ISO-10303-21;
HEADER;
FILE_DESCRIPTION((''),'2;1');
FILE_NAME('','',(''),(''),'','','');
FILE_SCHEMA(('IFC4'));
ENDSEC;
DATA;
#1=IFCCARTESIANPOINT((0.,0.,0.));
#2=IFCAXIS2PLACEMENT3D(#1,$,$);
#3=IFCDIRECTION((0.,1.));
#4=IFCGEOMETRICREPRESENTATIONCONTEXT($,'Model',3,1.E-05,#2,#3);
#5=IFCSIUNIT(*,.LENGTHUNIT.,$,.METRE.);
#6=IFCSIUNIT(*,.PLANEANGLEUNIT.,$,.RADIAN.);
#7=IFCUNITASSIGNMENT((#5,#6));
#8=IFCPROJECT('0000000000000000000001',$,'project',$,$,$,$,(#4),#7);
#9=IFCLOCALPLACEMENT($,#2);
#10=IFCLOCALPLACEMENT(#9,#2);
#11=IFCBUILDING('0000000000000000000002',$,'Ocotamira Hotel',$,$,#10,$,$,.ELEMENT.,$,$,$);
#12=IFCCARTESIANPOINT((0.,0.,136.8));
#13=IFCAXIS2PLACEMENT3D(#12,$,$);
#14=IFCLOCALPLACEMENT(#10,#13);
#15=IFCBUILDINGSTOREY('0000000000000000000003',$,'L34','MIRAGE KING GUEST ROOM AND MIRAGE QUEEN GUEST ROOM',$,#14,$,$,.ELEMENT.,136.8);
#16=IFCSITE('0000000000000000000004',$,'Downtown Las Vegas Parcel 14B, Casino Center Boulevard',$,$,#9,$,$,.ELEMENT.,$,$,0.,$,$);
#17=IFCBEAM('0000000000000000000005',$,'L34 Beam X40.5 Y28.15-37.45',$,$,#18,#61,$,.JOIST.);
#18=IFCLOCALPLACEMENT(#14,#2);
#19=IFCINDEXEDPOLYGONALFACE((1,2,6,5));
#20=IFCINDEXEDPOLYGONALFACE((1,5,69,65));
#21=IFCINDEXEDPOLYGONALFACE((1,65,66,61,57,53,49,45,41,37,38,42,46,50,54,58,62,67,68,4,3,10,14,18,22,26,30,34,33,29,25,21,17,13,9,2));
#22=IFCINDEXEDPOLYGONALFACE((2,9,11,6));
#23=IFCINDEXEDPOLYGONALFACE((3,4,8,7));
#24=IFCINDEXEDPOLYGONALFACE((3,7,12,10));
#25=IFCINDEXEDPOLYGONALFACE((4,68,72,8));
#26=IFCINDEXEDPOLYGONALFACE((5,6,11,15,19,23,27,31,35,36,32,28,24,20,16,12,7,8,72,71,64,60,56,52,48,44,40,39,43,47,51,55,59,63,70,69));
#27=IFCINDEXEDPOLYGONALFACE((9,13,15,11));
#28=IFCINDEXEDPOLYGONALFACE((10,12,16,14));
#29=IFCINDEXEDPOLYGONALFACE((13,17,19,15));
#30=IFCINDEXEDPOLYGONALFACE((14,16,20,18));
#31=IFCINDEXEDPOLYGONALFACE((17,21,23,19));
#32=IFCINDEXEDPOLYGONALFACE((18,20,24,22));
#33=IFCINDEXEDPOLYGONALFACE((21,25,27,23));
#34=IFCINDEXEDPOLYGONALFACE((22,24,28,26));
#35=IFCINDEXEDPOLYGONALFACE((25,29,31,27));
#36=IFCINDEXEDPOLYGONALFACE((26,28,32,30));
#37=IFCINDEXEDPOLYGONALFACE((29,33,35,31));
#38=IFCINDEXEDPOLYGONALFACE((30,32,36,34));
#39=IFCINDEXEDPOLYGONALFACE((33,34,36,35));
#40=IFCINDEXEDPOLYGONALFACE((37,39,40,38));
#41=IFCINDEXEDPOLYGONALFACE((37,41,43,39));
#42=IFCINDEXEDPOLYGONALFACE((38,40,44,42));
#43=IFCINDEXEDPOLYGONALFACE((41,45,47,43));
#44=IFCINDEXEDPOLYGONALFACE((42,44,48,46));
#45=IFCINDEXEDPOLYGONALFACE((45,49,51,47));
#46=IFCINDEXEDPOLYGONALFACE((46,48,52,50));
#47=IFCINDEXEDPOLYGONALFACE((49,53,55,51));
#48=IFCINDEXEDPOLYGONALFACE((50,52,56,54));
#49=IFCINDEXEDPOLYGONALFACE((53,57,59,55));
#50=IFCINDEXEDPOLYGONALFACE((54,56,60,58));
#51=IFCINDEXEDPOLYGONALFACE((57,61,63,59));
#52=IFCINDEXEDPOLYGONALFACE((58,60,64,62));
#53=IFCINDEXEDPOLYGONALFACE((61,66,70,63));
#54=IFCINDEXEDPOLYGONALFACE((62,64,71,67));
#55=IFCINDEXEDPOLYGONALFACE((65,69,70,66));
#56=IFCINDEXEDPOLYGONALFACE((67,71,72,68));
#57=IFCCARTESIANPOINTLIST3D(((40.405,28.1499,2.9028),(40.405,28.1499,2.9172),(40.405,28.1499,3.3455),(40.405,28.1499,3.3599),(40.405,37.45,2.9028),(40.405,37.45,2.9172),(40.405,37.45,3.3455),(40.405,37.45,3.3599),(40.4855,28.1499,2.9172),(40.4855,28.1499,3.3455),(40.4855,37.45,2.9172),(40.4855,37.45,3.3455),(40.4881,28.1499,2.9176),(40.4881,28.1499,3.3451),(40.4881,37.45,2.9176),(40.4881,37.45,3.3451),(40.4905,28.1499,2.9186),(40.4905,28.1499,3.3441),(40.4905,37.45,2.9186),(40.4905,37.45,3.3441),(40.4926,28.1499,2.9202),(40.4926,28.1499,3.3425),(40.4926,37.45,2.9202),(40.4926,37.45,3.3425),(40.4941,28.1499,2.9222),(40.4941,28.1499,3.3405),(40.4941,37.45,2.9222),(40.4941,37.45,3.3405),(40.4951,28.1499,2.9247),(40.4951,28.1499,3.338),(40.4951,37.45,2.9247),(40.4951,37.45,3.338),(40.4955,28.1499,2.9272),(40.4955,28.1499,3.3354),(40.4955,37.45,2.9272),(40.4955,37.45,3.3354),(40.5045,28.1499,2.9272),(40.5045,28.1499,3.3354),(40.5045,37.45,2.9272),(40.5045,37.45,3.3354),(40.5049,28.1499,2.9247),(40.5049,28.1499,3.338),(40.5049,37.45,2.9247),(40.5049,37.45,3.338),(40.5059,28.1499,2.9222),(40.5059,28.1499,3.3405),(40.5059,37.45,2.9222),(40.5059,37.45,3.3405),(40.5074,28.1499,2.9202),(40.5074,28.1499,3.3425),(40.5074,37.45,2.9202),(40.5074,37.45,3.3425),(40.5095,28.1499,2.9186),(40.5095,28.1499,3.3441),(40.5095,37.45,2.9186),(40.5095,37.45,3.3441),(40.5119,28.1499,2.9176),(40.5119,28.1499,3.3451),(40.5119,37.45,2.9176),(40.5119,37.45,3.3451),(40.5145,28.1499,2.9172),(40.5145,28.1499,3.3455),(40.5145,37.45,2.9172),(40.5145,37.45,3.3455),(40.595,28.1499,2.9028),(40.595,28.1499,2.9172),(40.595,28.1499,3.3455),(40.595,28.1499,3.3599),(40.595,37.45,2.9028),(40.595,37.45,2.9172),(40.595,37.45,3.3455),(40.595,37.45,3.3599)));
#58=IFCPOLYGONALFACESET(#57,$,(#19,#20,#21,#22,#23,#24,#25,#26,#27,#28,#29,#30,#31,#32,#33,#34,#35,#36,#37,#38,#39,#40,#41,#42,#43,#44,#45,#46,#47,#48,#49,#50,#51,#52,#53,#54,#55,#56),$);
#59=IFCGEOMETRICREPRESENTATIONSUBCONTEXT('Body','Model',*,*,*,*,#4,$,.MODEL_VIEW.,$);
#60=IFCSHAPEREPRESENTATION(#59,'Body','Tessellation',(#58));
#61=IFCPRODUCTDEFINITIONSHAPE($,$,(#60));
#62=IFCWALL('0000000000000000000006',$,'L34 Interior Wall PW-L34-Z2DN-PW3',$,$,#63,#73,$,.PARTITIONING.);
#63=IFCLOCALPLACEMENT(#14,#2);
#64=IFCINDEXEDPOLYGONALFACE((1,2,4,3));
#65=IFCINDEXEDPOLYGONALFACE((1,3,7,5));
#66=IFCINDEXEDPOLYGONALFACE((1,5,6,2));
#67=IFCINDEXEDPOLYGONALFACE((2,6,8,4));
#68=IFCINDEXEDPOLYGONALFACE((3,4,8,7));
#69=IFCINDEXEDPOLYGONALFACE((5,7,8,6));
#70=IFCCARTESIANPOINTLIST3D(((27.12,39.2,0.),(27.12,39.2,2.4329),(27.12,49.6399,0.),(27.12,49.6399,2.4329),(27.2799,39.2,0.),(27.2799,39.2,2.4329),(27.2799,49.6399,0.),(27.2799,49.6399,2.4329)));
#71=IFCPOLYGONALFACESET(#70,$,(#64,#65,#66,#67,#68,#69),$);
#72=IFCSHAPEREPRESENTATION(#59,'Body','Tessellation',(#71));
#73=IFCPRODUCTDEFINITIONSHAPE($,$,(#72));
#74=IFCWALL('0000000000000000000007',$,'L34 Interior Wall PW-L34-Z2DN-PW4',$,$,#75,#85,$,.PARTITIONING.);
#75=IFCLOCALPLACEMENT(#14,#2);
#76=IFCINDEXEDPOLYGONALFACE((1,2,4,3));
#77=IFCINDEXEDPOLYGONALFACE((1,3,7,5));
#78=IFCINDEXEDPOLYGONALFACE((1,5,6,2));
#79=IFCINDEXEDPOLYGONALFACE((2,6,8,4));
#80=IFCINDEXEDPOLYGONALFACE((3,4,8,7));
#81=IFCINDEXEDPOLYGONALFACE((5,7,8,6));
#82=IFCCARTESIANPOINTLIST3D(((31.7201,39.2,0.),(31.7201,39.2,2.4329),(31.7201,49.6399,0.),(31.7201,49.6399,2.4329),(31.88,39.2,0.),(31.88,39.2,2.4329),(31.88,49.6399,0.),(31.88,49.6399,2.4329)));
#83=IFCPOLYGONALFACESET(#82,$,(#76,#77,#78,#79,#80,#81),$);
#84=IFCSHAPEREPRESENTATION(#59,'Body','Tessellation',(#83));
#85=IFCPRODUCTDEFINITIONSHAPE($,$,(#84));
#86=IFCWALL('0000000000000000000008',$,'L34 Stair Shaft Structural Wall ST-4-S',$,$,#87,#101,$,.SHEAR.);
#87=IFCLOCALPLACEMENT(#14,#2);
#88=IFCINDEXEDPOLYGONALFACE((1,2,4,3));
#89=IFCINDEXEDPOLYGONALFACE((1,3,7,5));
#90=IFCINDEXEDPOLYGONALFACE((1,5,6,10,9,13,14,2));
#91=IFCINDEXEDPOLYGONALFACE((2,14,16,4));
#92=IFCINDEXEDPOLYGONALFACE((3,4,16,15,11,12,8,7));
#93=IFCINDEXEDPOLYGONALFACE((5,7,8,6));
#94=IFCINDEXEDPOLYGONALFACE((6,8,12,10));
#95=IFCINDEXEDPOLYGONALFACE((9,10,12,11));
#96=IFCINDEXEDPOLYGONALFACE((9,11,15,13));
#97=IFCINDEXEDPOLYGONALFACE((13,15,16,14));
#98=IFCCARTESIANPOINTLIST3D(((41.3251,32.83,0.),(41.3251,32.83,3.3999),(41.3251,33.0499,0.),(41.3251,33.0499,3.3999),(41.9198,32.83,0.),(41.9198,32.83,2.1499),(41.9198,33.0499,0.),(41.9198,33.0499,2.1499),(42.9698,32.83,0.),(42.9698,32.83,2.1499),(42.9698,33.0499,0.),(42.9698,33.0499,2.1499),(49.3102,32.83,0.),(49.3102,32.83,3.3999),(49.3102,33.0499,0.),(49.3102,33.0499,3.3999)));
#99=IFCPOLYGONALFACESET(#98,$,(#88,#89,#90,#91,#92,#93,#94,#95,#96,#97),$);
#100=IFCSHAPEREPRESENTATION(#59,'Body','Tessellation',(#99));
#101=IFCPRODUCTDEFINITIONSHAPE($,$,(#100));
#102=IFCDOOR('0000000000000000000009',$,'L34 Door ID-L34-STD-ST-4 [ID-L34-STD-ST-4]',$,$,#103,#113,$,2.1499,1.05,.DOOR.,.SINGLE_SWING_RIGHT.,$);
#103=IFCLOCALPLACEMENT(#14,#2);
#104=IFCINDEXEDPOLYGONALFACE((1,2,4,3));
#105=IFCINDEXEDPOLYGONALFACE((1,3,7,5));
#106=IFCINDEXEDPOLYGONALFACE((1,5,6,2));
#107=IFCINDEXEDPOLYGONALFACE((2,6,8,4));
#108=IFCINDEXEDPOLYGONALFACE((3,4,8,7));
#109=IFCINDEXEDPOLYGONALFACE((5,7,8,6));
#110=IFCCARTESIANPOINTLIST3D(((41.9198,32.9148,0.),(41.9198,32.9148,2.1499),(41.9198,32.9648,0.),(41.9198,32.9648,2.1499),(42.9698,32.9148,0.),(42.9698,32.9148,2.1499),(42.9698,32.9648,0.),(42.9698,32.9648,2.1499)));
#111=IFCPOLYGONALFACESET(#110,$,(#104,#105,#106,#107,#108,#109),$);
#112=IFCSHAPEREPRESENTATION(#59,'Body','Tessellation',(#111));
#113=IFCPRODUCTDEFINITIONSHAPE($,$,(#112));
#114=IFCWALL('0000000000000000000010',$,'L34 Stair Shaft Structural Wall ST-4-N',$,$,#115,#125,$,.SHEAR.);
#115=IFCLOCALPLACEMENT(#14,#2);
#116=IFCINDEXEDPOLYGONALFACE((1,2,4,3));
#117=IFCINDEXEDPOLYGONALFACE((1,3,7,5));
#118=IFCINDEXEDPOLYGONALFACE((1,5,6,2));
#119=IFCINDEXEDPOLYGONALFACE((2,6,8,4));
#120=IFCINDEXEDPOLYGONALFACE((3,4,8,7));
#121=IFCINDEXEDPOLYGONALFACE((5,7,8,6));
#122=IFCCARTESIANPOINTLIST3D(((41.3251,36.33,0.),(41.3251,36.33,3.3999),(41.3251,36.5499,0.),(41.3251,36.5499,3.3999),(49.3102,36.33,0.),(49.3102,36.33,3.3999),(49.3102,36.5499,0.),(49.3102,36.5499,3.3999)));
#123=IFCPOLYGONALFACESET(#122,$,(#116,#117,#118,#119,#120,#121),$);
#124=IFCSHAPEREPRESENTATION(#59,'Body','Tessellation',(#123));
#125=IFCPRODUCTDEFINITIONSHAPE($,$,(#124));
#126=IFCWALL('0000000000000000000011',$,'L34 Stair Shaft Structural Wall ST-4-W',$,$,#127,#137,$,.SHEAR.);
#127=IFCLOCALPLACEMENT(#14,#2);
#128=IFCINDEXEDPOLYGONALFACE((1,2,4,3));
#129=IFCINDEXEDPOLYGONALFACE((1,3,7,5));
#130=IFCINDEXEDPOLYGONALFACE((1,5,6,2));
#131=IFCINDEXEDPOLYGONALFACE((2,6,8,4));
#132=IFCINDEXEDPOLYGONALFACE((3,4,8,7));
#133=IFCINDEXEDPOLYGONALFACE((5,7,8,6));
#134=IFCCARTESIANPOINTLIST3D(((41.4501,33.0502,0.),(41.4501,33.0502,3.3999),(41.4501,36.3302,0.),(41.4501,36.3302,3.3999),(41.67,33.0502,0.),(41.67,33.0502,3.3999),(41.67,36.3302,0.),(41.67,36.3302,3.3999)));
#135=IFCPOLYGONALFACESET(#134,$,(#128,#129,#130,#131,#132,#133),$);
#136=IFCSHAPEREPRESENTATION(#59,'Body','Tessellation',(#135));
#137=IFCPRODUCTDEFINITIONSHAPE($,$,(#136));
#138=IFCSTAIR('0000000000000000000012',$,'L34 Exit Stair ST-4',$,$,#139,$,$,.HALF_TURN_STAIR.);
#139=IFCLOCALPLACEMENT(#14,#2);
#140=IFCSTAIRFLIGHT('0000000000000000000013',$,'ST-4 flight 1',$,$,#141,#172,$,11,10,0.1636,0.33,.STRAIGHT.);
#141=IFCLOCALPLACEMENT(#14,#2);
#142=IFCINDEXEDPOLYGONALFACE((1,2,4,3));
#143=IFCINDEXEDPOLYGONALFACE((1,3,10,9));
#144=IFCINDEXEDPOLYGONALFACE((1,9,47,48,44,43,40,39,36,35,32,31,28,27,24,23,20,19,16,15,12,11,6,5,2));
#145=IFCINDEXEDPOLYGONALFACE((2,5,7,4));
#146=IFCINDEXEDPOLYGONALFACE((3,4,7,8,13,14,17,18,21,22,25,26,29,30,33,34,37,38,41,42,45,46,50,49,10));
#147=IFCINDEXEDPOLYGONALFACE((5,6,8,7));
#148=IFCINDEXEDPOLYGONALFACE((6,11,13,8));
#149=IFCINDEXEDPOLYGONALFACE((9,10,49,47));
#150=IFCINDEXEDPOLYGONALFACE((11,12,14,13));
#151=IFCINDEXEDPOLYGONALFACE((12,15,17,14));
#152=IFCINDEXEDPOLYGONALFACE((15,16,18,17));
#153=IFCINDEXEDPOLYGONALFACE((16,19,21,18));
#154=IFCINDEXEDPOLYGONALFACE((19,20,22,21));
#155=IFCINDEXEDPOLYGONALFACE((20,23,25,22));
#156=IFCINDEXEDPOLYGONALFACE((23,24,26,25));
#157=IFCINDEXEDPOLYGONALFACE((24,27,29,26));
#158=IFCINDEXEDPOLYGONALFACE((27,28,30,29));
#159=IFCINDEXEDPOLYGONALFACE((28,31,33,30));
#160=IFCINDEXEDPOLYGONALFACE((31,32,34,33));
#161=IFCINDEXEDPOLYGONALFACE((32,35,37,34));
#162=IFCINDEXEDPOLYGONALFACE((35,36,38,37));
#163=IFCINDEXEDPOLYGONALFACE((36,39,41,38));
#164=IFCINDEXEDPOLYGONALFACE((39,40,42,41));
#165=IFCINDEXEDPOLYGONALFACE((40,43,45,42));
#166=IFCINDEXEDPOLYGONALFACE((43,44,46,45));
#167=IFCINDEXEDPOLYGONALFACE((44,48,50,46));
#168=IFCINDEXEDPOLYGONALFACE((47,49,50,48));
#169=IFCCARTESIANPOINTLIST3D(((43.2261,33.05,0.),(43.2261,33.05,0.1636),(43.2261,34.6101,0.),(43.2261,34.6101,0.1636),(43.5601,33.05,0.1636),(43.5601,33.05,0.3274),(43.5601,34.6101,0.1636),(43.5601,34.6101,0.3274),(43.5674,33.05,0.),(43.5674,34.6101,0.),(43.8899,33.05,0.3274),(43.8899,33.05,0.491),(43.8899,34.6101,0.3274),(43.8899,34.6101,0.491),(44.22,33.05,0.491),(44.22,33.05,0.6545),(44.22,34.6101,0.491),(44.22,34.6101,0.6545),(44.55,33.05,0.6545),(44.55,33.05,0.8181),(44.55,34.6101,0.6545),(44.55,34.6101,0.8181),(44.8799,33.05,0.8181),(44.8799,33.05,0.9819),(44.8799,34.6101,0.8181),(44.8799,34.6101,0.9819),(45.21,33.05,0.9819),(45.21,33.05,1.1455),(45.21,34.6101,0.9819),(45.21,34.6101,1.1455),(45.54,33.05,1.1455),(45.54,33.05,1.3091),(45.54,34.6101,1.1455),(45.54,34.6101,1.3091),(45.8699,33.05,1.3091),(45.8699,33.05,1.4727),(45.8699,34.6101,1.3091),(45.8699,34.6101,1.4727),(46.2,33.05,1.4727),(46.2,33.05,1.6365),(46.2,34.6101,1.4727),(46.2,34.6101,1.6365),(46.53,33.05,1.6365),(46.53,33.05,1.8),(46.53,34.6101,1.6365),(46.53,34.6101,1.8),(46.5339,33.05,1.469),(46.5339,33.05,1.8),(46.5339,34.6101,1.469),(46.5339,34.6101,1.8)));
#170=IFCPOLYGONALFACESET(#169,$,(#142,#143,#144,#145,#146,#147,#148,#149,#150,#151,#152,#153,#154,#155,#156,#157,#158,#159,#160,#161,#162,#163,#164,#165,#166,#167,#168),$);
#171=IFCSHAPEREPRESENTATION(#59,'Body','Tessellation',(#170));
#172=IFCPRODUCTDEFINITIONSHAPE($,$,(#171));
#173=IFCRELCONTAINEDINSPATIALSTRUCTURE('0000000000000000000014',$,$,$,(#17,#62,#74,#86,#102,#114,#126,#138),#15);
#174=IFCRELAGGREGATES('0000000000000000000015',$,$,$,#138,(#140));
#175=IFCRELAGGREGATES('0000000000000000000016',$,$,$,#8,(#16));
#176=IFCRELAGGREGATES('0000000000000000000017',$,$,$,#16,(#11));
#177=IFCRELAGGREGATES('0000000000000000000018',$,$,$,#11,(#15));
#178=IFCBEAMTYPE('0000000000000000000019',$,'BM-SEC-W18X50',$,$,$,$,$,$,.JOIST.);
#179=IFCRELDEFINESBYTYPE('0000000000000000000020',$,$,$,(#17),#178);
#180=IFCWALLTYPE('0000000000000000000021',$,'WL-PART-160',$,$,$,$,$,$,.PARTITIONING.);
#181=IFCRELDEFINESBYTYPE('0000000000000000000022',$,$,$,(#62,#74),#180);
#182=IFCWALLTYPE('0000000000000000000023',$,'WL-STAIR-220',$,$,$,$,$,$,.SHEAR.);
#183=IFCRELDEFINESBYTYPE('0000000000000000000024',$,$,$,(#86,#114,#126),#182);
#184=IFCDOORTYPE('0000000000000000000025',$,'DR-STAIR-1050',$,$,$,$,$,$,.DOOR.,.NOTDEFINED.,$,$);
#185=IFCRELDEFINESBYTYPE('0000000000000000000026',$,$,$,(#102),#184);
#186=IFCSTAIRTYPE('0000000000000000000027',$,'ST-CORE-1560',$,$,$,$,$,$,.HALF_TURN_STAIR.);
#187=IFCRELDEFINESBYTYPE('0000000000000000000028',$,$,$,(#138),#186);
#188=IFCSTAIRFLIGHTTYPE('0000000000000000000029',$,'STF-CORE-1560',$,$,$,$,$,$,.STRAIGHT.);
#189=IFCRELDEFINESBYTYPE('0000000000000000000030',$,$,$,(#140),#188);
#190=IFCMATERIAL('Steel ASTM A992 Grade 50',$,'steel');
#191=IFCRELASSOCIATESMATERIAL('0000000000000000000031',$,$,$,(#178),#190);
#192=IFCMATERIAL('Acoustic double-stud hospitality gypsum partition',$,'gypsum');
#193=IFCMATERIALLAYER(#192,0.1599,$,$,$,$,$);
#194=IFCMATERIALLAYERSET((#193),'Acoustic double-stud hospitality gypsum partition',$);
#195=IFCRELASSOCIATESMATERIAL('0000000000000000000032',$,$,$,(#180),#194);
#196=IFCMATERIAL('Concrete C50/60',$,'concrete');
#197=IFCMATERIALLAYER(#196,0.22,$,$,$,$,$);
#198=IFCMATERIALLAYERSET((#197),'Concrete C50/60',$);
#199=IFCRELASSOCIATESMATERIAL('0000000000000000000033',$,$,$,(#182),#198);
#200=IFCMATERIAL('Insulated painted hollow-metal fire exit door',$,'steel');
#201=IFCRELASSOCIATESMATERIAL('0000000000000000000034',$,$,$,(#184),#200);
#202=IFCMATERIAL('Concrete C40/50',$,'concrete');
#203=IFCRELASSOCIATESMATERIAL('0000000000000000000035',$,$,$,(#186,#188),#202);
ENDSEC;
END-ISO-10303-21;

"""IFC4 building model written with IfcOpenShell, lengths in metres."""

from ifc_helpers import new_model, si_unit, direction, frame, frame_2d, origin, origin_2d, place, context, subcontext, project, spatial, polyline, rectangle, i_section, outline, extrude, source, transform, mapped, material, layer, layer_set, material_profile, profile_set, type_object, element, fill, aggregate, save


model = new_model("IFC4")

# Units and contexts
model_context = context("Model", 3, precision=1e-05, world=origin(), true_north=direction((0.0, 1.0)))
body_context = subcontext(model_context, "Body", "Model", "MODEL_VIEW")
ifc_project = project(units=[si_unit("LENGTHUNIT", "METRE"), si_unit("PLANEANGLEUNIT", "RADIAN")], contexts=[model_context])

# Site, building, storey
site_placement = place(None, origin())
site = spatial("IfcSite", under=ifc_project, at=site_placement, Name="Downtown Las Vegas Parcel 14B, Casino Center Boulevard", CompositionType="ELEMENT", RefElevation=0.0)
building_placement = place(site_placement, origin())
building = spatial("IfcBuilding", under=site, at=building_placement, Name="Ocotamira Hotel", CompositionType="ELEMENT")
storey_placement = place(building_placement, frame((0.0, 0.0, 136.8)))
storey = spatial("IfcBuildingStorey", under=building, at=storey_placement, Name="L34", Description="MIRAGE KING GUEST ROOM AND MIRAGE QUEEN GUEST ROOM", CompositionType="ELEMENT", Elevation=136.8)

# Beam
ifc_material_1 = material(Name="Steel ASTM A992 Grade 50", Category="steel")
ifc_material_profile_1 = material_profile(ifc_material_1, i_section(OverallWidth=0.1899, OverallDepth=0.457, WebThickness=0.009, FlangeThickness=0.0144, FilletRadius=0.01, at=origin_2d()), Name="W18X50")
ifc_profile_set_1 = profile_set([ifc_material_profile_1], Name="Steel ASTM A992 Grade 50")
beam_type_1 = type_object("IfcBeamType", Name="BM-SEC-W18X50", PredefinedType="JOIST", material=ifc_profile_set_1)
shared_shape_1 = source(origin(), body_context, "Body", "SweptSolid", [
    extrude(i_section(OverallWidth=0.1899, OverallDepth=0.457, WebThickness=0.009, FlangeThickness=0.0144, FilletRadius=0.01, at=origin_2d()), origin(), (0.0, 0.0, 1.0), 9.3),
])
beam_1_placement = place(storey_placement, frame((40.5, 28.1499, 3.1313), z_axis=(0.0, 1.0, 0.0), x_axis=(-1.0, 0.0, 0.0)))
element("IfcBeam", 1, at=beam_1_placement, inside=storey, type_object=beam_type_1, Name="L34 Beam X40.5 Y28.15-37.45", PredefinedType="JOIST", context=body_context, shape_type="MappedRepresentation", body=[
    mapped(shared_shape_1, transform((0.0, 0.0, 0.0), scale=1.0)),
])

# Walls
ifc_material_2 = material(Name="Acoustic double-stud hospitality gypsum partition", Category="gypsum")
ifc_layer_1 = layer(ifc_material_2, 0.1599)
ifc_layer_set_1 = layer_set([ifc_layer_1], Name="Acoustic double-stud hospitality gypsum partition")
wall_type_1 = type_object("IfcWallType", Name="WL-PART-160", PredefinedType="PARTITIONING", material=ifc_layer_set_1)
for number, where, z_axis, x_axis, name in (
    (2, (27.2, 39.2, 0.0), (0.0, 0.0, 1.0), (0.0, 1.0, 0.0), "L34 Interior Wall PW-L34-Z2DN-PW3"),
    (3, (31.8, 39.2, 0.0), (0.0, 0.0, 1.0), (0.0, 1.0, 0.0), "L34 Interior Wall PW-L34-Z2DN-PW4"),
):
    element("IfcWall", number, at=place(storey_placement, frame(where, z_axis=z_axis, x_axis=x_axis)), inside=storey, type_object=wall_type_1, Name=name, PredefinedType="PARTITIONING", context=body_context, shape_type="SweptSolid", body=[
        extrude(rectangle(XDim=10.4399, YDim=0.1599, at=frame_2d((5.22, 0.0))), origin(), (0.0, 0.0, 1.0), 2.4329),
    ])

# Wall, opening, door
ifc_material_3 = material(Name="Concrete C50/60", Category="concrete")
ifc_layer_2 = layer(ifc_material_3, 0.22)
ifc_layer_set_2 = layer_set([ifc_layer_2], Name="Concrete C50/60")
wall_type_2 = type_object("IfcWallType", Name="WL-STAIR-220", PredefinedType="SHEAR", material=ifc_layer_set_2)
wall_1_placement = place(storey_placement, frame((41.325, 32.9399, 0.0), z_axis=(0.0, 0.0, 1.0), x_axis=(1.0, 0.0, 0.0)))
wall_1 = element("IfcWall", 4, at=wall_1_placement, inside=storey, type_object=wall_type_2, Name="L34 Stair Shaft Structural Wall ST-4-S", PredefinedType="SHEAR", context=body_context, shape_type="SweptSolid", body=[
    extrude(rectangle(XDim=7.9851, YDim=0.22, at=frame_2d((3.9927, 0.0))), origin(), (0.0, 0.0, 1.0), 3.3999),
])
opening_1_placement = place(wall_1_placement, frame((0.595, 0.0, 0.0)))
opening_1 = element("IfcOpeningElement", 5, at=opening_1_placement, cuts=wall_1, PredefinedType="OPENING", context=body_context, shape_type="SweptSolid", body=[
    extrude(rectangle(XDim=1.05, YDim=2.1499, at=frame_2d((0.5249, 1.075))), frame((0.0, 0.1201, 0.0), z_axis=(0.0, -1.0, 0.0), x_axis=(1.0, 0.0, 0.0)), (0.0, 0.0, 1.0), 0.24),
])
ifc_material_4 = material(Name="Insulated painted hollow-metal fire exit door", Category="steel")
door_type_1 = type_object("IfcDoorType", Name="DR-STAIR-1050", OperationType="NOTDEFINED", PredefinedType="DOOR", material=ifc_material_4)
shared_shape_2 = source(origin(), body_context, "Body", "SweptSolid", [
    extrude(rectangle(XDim=1.05, YDim=2.1499, at=frame_2d((0.5249, 1.075))), frame((0.0, 0.0249, 0.0), z_axis=(0.0, -1.0, 0.0), x_axis=(1.0, 0.0, 0.0)), (0.0, 0.0, 1.0), 0.05),
])
door_1_placement = place(opening_1_placement, origin())
door_1 = element("IfcDoor", 6, at=door_1_placement, inside=storey, type_object=door_type_1, Name="L34 Door ID-L34-STD-ST-4 [ID-L34-STD-ST-4]", OperationType="SINGLE_SWING_RIGHT", OverallHeight=2.1499, OverallWidth=1.05, PredefinedType="DOOR", context=body_context, shape_type="MappedRepresentation", body=[
    mapped(shared_shape_2, transform((0.0, 0.0, 0.0), scale=1.0)),
])
fill(opening_1, door_1)

# Walls
wall_2_placement = place(storey_placement, frame((41.325, 36.4399, 0.0), z_axis=(0.0, 0.0, 1.0), x_axis=(1.0, 0.0, 0.0)))
element("IfcWall", 7, at=wall_2_placement, inside=storey, type_object=wall_type_2, Name="L34 Stair Shaft Structural Wall ST-4-N", PredefinedType="SHEAR", context=body_context, shape_type="SweptSolid", body=[
    extrude(rectangle(XDim=7.9851, YDim=0.22, at=frame_2d((3.9927, 0.0))), origin(), (0.0, 0.0, 1.0), 3.3999),
])
wall_3_placement = place(storey_placement, frame((41.5601, 33.05, 0.0), z_axis=(0.0, 0.0, 1.0), x_axis=(0.0, 1.0, 0.0)))
element("IfcWall", 8, at=wall_3_placement, inside=storey, type_object=wall_type_2, Name="L34 Stair Shaft Structural Wall ST-4-W", PredefinedType="SHEAR", context=body_context, shape_type="SweptSolid", body=[
    extrude(rectangle(XDim=3.28, YDim=0.22, at=frame_2d((1.6401, 0.0))), origin(), (0.0, 0.0, 1.0), 3.3999),
])

# Stair, stair flight
ifc_material_5 = material(Name="Concrete C40/50", Category="concrete")
stair_type = type_object("IfcStairType", Name="ST-CORE-1560", PredefinedType="HALF_TURN_STAIR", material=ifc_material_5)
stair_placement = place(storey_placement, origin())
stair = element("IfcStair", 9, at=stair_placement, inside=storey, type_object=stair_type, Name="L34 Exit Stair ST-4", PredefinedType="HALF_TURN_STAIR")
stair_flight_type = type_object("IfcStairFlightType", Name="STF-CORE-1560", PredefinedType="STRAIGHT", material=ifc_material_5)
shared_shape_3 = source(origin(), body_context, "Body", "SweptSolid", [
    extrude(outline(polyline([(-0.0039, 0.0), (-0.0039, 0.1636), (0.3301, 0.1636), (0.3301, 0.3274), (0.6599, 0.3274), (0.6599, 0.491), (0.99, 0.491), (0.99, 0.6545), (1.3201, 0.6545), (1.3201, 0.8181), (1.6499, 0.8181), (1.6499, 0.9819), (1.98, 0.9819), (1.98, 1.1455), (2.3101, 1.1455), (2.3101, 1.3091), (2.6399, 1.3091), (2.6399, 1.4727), (2.97, 1.4727), (2.97, 1.6365), (3.3, 1.6365), (3.3, 1.8), (3.304, 1.8), (3.304, 1.469), (0.3374, 0.0), (-0.0039, 0.0)])), frame((0.0, 0.78, 0.0), z_axis=(0.0, -1.0, 0.0), x_axis=(1.0, 0.0, 0.0)), (0.0, 0.0, 1.0), 1.5601),
])
stair_flight_placement = place(storey_placement, frame((43.23, 33.8301, 0.0), z_axis=(0.0, 0.0, 1.0), x_axis=(1.0, 0.0, 0.0)))
stair_flight = element("IfcStairFlight", 10, at=stair_flight_placement, type_object=stair_flight_type, Name="ST-4 flight 1", NumberOfRisers=11, NumberOfTreads=10, PredefinedType="STRAIGHT", RiserHeight=0.1636, TreadLength=0.33, context=body_context, shape_type="MappedRepresentation", body=[
    mapped(shared_shape_3, transform((0.0, 0.0, 0.0), scale=1.0)),
])
aggregate(stair, [stair_flight])

save(model, "model.ifc")
